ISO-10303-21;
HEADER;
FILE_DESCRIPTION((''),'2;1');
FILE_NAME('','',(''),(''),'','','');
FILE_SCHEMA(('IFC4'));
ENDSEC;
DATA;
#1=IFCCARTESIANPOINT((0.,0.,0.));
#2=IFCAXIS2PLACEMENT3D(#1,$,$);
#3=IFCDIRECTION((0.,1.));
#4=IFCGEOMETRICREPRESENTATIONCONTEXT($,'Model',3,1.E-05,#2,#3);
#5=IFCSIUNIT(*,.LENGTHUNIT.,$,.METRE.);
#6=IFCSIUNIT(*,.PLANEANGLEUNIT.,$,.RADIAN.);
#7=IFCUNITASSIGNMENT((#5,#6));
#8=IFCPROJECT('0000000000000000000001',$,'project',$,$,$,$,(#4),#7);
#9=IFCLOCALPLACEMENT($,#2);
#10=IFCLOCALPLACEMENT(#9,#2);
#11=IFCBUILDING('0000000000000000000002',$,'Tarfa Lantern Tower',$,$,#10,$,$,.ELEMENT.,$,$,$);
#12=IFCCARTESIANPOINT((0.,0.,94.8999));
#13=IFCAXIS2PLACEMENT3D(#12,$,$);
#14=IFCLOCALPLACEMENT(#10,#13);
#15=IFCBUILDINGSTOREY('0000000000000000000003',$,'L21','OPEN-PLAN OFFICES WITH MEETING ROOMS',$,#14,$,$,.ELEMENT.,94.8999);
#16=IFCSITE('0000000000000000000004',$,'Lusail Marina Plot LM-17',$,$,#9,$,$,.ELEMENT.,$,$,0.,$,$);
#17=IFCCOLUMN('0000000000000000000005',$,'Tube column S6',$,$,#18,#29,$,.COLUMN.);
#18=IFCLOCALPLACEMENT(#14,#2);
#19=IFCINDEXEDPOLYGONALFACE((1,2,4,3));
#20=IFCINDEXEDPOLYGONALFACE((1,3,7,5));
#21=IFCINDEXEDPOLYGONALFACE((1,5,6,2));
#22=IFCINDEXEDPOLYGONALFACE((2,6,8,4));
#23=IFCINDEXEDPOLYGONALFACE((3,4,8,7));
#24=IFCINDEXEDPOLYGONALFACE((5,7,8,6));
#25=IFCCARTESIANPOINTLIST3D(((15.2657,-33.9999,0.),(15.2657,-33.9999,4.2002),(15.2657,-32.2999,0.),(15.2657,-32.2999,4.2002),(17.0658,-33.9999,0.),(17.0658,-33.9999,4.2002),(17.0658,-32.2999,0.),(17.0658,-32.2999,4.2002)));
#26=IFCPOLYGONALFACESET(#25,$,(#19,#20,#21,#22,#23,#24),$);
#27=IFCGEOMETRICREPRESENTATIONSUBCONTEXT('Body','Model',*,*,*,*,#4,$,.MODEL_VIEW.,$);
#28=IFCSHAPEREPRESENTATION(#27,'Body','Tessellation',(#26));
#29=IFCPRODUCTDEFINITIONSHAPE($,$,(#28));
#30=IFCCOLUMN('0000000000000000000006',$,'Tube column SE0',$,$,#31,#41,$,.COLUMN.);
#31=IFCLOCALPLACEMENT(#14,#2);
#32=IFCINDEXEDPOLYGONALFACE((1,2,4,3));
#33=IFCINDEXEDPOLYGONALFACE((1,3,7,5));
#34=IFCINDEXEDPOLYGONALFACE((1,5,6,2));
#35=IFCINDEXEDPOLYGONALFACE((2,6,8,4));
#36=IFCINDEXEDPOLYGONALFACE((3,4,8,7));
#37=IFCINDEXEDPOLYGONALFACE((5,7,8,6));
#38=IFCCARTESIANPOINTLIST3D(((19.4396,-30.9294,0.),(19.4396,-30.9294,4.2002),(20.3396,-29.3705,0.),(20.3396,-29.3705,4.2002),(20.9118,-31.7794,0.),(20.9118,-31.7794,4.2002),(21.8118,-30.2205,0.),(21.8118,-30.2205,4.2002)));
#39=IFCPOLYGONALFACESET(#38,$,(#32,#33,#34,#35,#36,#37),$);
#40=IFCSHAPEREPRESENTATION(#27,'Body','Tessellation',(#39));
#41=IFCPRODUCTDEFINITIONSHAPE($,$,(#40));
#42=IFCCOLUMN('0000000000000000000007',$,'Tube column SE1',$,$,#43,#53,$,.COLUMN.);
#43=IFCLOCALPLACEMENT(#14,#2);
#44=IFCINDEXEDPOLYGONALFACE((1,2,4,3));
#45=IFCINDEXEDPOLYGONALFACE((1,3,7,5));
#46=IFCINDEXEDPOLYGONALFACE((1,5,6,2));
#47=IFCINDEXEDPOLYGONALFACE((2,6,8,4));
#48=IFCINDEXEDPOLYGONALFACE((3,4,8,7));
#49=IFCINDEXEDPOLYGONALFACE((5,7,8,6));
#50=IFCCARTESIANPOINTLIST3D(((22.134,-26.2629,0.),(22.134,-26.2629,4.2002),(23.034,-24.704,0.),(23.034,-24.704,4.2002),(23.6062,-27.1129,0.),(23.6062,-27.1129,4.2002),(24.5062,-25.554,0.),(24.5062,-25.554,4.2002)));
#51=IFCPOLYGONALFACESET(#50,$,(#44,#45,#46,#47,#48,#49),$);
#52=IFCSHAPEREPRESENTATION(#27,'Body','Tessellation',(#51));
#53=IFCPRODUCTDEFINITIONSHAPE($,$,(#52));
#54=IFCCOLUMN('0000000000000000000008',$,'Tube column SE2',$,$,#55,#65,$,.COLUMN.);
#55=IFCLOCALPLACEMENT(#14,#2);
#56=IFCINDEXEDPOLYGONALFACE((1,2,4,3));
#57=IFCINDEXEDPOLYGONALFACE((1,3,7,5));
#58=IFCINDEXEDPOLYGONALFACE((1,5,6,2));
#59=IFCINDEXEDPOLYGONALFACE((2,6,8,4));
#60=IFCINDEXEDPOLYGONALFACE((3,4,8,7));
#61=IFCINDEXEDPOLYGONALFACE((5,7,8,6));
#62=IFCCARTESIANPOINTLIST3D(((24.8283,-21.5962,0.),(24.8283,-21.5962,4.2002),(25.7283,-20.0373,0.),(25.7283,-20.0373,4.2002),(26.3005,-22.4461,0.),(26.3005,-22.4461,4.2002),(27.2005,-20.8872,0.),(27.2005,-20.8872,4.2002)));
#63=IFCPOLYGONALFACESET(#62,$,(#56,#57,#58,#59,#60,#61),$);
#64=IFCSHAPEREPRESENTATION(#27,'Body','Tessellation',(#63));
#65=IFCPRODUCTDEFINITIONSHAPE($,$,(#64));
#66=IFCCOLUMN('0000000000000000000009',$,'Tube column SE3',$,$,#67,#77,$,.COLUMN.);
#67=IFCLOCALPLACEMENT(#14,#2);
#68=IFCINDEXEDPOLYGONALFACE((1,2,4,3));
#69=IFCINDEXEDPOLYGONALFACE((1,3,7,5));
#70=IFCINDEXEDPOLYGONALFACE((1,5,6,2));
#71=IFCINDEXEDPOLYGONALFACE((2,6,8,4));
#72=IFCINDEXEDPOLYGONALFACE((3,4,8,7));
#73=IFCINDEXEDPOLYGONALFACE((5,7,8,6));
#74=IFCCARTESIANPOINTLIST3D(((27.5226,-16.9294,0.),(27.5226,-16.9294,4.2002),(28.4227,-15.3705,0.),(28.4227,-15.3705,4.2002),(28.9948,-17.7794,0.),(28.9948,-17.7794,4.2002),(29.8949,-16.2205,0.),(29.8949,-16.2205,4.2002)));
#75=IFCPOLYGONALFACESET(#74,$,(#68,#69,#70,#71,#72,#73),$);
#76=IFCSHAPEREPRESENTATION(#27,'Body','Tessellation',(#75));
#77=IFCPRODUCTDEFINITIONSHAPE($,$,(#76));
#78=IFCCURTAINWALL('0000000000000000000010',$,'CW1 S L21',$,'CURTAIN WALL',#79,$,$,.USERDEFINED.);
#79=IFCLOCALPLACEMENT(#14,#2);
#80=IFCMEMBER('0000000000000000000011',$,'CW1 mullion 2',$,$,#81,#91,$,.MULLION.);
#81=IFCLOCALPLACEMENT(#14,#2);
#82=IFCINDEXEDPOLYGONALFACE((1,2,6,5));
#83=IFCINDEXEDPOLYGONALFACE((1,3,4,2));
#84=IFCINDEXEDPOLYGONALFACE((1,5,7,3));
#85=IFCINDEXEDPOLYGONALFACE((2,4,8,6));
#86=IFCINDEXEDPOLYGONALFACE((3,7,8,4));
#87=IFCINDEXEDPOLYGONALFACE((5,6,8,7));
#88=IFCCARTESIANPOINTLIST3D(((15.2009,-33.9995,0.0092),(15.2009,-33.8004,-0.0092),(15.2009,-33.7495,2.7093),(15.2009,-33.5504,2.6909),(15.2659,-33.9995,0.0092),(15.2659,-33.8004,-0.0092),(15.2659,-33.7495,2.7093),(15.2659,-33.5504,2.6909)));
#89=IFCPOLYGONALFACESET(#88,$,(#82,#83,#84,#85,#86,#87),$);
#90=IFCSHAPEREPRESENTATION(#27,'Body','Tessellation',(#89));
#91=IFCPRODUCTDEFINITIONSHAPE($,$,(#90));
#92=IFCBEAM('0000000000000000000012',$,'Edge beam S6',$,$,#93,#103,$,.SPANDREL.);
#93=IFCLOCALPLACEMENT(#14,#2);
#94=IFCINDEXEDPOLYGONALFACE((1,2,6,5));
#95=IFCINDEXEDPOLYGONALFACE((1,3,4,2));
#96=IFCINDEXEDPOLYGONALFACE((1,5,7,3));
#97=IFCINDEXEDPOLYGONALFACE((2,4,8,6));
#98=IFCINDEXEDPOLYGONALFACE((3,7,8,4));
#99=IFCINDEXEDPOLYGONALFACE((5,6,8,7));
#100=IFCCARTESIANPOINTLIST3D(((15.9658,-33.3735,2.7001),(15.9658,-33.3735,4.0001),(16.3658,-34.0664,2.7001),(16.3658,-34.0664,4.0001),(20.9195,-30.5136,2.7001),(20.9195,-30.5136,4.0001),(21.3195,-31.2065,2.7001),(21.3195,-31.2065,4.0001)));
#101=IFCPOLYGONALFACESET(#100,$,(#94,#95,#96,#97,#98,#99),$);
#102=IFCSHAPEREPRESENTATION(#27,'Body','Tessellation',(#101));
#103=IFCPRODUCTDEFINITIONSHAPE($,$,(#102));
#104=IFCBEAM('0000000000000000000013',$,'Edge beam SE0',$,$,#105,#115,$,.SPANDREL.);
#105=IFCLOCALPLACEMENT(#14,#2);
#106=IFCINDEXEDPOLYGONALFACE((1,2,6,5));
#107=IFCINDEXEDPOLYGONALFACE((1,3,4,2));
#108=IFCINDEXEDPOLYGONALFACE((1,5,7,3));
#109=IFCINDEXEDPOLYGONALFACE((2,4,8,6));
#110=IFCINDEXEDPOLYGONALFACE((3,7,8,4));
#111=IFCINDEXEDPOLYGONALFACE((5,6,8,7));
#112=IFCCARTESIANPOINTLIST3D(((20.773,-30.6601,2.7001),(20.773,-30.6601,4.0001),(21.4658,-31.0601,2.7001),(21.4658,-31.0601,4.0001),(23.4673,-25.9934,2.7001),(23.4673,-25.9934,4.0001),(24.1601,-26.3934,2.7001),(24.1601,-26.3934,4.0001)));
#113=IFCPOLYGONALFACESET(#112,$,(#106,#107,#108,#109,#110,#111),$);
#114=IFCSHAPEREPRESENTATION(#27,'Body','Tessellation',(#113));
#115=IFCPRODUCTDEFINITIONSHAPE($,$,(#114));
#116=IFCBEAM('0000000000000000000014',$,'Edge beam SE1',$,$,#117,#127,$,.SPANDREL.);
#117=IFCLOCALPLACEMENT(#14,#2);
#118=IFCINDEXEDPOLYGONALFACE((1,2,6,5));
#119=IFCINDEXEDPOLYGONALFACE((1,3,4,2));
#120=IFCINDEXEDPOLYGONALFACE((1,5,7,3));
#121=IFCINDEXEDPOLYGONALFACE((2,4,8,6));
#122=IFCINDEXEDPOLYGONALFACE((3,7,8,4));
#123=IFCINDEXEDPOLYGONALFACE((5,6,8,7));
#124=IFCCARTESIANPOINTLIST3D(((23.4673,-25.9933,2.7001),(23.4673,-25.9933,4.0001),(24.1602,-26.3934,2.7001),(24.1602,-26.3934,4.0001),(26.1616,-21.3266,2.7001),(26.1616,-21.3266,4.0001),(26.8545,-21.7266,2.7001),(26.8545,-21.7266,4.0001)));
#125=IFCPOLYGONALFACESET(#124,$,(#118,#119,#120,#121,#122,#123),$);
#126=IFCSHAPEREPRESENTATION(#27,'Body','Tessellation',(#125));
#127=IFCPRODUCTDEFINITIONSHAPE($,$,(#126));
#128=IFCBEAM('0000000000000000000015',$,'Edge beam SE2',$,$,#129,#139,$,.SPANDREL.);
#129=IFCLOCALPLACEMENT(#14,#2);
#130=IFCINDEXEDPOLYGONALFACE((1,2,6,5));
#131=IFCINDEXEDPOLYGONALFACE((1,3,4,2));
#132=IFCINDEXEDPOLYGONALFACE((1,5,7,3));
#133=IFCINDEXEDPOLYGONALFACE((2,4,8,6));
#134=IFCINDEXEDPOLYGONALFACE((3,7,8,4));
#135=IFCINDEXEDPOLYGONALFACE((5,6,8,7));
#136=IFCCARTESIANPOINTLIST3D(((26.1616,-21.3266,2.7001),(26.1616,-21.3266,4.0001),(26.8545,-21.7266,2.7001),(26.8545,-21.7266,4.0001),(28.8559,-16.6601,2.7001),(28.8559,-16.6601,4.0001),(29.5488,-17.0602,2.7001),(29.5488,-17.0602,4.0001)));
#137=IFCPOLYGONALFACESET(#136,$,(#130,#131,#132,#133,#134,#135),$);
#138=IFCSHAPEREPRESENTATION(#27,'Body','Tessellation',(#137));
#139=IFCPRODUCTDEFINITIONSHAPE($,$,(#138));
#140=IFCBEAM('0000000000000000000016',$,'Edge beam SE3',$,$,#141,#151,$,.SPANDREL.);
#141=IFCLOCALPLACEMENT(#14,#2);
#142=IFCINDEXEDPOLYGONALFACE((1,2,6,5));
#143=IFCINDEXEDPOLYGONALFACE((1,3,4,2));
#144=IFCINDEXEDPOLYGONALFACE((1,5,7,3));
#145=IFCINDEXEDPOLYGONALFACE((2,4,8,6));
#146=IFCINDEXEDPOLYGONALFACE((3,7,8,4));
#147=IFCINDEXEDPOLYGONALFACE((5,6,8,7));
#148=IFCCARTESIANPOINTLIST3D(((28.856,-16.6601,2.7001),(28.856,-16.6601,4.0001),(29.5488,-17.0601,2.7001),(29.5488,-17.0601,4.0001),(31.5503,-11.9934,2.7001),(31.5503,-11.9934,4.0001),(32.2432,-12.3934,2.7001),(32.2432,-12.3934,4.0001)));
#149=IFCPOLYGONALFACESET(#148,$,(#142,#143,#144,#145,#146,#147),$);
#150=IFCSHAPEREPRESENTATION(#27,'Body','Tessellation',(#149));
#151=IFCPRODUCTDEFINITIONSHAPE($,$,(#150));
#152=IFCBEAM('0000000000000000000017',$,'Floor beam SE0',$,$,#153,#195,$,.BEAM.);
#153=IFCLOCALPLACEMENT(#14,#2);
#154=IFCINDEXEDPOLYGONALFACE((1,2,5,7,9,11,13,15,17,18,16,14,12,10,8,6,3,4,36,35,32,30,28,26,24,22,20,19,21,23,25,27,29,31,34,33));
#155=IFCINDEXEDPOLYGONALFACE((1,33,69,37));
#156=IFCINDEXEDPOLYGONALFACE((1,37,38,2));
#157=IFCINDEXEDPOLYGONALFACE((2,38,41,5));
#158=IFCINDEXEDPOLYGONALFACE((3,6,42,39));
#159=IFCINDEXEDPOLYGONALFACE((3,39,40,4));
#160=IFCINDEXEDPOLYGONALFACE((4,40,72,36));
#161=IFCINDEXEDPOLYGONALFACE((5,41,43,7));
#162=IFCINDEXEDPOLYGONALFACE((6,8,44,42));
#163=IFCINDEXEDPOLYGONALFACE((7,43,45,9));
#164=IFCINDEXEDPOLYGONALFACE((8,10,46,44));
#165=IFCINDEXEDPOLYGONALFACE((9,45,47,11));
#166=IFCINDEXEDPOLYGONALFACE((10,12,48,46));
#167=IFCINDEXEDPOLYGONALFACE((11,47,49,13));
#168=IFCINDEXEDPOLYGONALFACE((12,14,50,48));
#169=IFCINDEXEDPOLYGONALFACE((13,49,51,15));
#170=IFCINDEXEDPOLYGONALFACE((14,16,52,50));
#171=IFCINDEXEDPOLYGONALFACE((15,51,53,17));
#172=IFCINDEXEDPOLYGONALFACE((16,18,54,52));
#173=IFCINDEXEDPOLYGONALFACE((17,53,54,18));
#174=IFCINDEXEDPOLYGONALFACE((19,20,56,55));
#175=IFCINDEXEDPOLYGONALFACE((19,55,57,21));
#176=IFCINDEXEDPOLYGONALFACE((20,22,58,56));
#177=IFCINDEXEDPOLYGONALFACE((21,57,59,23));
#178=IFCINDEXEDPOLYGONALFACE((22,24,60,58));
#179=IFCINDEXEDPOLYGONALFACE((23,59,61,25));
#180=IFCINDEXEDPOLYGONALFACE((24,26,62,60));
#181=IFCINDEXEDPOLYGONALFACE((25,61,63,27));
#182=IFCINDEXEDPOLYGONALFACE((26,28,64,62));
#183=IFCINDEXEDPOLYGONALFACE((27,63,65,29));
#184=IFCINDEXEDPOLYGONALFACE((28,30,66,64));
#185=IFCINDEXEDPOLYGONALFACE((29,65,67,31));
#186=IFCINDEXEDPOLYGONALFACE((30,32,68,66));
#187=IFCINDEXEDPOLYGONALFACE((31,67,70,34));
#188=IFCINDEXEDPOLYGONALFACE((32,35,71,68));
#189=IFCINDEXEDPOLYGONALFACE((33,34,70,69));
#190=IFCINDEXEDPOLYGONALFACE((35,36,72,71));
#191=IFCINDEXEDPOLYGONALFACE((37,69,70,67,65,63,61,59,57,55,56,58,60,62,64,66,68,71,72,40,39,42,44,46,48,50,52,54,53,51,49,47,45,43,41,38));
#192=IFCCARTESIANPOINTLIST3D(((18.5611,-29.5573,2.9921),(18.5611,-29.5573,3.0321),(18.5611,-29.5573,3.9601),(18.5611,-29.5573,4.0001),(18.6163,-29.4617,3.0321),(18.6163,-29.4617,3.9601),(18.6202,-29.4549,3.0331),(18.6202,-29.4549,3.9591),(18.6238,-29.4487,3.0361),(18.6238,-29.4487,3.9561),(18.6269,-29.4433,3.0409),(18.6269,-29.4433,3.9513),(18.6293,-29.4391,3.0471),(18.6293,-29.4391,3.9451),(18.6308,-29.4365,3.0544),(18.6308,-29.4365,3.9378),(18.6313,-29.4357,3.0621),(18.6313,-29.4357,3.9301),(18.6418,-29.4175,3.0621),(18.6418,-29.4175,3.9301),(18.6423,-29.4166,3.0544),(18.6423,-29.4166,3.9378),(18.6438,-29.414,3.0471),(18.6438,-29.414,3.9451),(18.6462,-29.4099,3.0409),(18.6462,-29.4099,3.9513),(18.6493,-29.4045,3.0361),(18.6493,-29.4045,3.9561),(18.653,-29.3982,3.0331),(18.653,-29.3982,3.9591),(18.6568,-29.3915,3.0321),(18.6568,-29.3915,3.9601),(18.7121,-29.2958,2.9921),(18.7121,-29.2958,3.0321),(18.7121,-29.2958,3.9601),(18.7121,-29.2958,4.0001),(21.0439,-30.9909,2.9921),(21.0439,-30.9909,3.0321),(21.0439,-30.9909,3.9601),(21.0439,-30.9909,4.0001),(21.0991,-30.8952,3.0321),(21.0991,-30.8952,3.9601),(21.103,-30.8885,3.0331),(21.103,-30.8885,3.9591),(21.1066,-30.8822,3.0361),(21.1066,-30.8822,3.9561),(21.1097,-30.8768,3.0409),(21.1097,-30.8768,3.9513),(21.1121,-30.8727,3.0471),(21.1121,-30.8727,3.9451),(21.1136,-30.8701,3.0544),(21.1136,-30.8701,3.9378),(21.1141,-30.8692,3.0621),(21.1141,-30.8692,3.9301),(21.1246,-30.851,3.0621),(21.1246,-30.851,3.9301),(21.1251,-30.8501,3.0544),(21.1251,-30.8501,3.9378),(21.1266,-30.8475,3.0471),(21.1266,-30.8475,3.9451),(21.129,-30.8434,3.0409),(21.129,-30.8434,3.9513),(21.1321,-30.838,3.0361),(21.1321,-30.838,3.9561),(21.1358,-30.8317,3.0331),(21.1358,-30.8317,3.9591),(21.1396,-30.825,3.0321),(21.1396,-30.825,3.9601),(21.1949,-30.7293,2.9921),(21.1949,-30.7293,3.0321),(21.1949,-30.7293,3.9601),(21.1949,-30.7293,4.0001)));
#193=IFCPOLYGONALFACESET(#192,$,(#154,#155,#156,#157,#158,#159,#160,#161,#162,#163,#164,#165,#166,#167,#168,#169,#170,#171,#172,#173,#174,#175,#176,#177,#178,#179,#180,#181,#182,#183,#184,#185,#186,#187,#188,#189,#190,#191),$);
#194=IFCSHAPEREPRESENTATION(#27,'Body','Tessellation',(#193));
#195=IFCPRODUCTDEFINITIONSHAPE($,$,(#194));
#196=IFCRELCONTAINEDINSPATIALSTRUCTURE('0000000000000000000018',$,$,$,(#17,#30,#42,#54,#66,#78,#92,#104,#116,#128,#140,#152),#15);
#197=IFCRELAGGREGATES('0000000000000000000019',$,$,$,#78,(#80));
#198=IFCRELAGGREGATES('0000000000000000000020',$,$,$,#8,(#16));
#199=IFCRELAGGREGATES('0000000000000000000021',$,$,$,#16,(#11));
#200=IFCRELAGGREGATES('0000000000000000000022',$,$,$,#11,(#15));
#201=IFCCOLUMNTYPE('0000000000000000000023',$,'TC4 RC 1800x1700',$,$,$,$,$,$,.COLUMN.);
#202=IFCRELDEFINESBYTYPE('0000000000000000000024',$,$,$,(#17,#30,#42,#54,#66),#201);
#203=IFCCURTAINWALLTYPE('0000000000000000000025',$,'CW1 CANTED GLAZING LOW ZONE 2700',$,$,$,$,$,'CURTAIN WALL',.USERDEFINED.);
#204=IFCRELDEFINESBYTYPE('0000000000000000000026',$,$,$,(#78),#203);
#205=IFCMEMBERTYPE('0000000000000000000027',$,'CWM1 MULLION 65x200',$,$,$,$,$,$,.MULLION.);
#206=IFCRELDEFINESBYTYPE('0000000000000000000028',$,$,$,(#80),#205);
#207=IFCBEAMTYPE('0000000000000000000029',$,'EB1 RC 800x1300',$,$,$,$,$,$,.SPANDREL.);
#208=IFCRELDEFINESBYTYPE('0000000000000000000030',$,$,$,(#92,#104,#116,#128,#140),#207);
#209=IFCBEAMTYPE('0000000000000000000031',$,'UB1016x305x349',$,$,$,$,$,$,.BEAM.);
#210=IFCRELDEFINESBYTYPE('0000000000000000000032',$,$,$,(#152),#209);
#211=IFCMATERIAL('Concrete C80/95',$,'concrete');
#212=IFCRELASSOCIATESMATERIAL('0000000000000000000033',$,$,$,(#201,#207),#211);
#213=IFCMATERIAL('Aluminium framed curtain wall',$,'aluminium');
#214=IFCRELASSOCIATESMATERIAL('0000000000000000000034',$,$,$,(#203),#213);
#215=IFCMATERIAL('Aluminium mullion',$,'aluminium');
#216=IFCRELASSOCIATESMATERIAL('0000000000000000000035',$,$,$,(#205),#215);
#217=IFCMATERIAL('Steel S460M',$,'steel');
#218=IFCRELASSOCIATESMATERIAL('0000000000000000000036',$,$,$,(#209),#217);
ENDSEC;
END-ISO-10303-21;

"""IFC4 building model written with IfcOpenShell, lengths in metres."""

from ifc_helpers import new_model, si_unit, direction, frame, origin, origin_2d, place, context, subcontext, project, spatial, rectangle, i_section, extrude, material, material_profile, profile_set, type_object, element, aggregate, save


model = new_model("IFC4")

# Units and contexts
model_context = context("Model", 3, precision=1e-05, world=origin(), true_north=direction((0.0, 1.0)))
body_context = subcontext(model_context, "Body", "Model", "MODEL_VIEW")
ifc_project = project(units=[si_unit("LENGTHUNIT", "METRE"), si_unit("PLANEANGLEUNIT", "RADIAN")], contexts=[model_context])

# Site, building, storey
site_placement = place(None, origin())
site = spatial("IfcSite", under=ifc_project, at=site_placement, Name="Lusail Marina Plot LM-17", CompositionType="ELEMENT", RefElevation=0.0)
building_placement = place(site_placement, origin())
building = spatial("IfcBuilding", under=site, at=building_placement, Name="Tarfa Lantern Tower", CompositionType="ELEMENT")
storey_placement = place(building_placement, frame((0.0, 0.0, 94.8999)))
storey = spatial("IfcBuildingStorey", under=building, at=storey_placement, Name="L21", Description="OPEN-PLAN OFFICES WITH MEETING ROOMS", CompositionType="ELEMENT", Elevation=94.8999)

# Columns
ifc_material_1 = material(Name="Concrete C80/95", Category="concrete")
ifc_material_profile_1 = material_profile(ifc_material_1, rectangle(XDim=1.8, YDim=1.7, at=origin_2d()), Name="RC 1800x1700")
ifc_profile_set_1 = profile_set([ifc_material_profile_1], Name="Concrete C80/95")
column_type = type_object("IfcColumnType", Name="TC4 RC 1800x1700", PredefinedType="COLUMN", material=ifc_profile_set_1)
for number, where, z_axis, x_axis, name in (
    (1, (16.1658, -33.1499, 0.0), (0.0, 0.0, 1.0), (1.0, 0.0, 0.0), "Tube column S6"),
    (2, (20.6257, -30.575, 0.0), (0.0, 0.0, 1.0), (0.5, 0.866025, 0.0), "Tube column SE0"),
    (3, (23.3201, -25.9084, 0.0), (0.0, 0.0, 1.0), (0.5, 0.866025, 0.0), "Tube column SE1"),
    (4, (26.0144, -21.2417, 0.0), (0.0, 0.0, 1.0), (0.5, 0.866025, 0.0), "Tube column SE2"),
    (5, (28.7087, -16.575, 0.0), (0.0, 0.0, 1.0), (0.5, 0.866025, 0.0), "Tube column SE3"),
):
    element("IfcColumn", number, at=place(storey_placement, frame(where, z_axis=z_axis, x_axis=x_axis)), inside=storey, type_object=column_type, Name=name, PredefinedType="COLUMN", context=body_context, shape_type="SweptSolid", body=[
        extrude(rectangle(XDim=1.8, YDim=1.7, at=origin_2d()), origin(), (0.0, 0.0, 1.0), 4.2002),
    ])

# Curtain wall, member
ifc_material_2 = material(Name="Aluminium framed curtain wall", Category="aluminium")
curtain_wall_type = type_object("IfcCurtainWallType", Name="CW1 CANTED GLAZING LOW ZONE 2700", ElementType="CURTAIN WALL", PredefinedType="USERDEFINED", material=ifc_material_2)
curtain_wall_placement = place(storey_placement, origin())
curtain_wall = element("IfcCurtainWall", 6, at=curtain_wall_placement, inside=storey, type_object=curtain_wall_type, Name="CW1 S L21", ObjectType="CURTAIN WALL", PredefinedType="USERDEFINED")
ifc_material_3 = material(Name="Aluminium mullion", Category="aluminium")
ifc_material_profile_2 = material_profile(ifc_material_3, rectangle(XDim=0.0649, YDim=0.2, at=origin_2d()), Name="AL MULLION 65x200")
ifc_profile_set_2 = profile_set([ifc_material_profile_2], Name="Aluminium mullion")
member_type = type_object("IfcMemberType", Name="CWM1 MULLION 65x200", PredefinedType="MULLION", material=ifc_profile_set_2)
member_placement = place(storey_placement, frame((15.2334, -33.8999, 0.0), z_axis=(0.0, 0.092192, 0.995741), x_axis=(-1.0, 0.0, 0.0)))
member = element("IfcMember", 7, at=member_placement, type_object=member_type, Name="CW1 mullion 2", PredefinedType="MULLION", context=body_context, shape_type="SweptSolid", body=[
    extrude(rectangle(XDim=0.0649, YDim=0.2, at=origin_2d()), origin(), (0.0, 0.0, 1.0), 2.7117),
])
aggregate(curtain_wall, [member])

# Beams
ifc_material_profile_3 = material_profile(ifc_material_1, rectangle(XDim=0.8, YDim=1.3, at=origin_2d()), Name="RC 800x1300")
ifc_profile_set_3 = profile_set([ifc_material_profile_3], Name="Concrete C80/95")
beam_type_1 = type_object("IfcBeamType", Name="EB1 RC 800x1300", PredefinedType="SPANDREL", material=ifc_profile_set_3)
beam_1_placement = place(storey_placement, frame((16.1658, -33.72, 3.3501), z_axis=(0.866033, 0.499986, 0.0), x_axis=(-0.499986, 0.866033, 0.0)))
element("IfcBeam", 8, at=beam_1_placement, inside=storey, type_object=beam_type_1, Name="Edge beam S6", PredefinedType="SPANDREL", context=body_context, shape_type="SweptSolid", body=[
    extrude(rectangle(XDim=0.8, YDim=1.3, at=origin_2d()), origin(), (0.0, 0.0, 1.0), 5.72),
])
for number, where, z_axis, x_axis, name in (
    (9, (21.1194, -30.8601, 3.3501), (0.499998, 0.866026, 0.0), (-0.866026, 0.499998, 0.0), "Edge beam SE0"),
    (10, (23.8137, -26.1934, 3.3501), (0.499998, 0.866026, 0.0), (-0.866026, 0.499998, 0.0), "Edge beam SE1"),
):
    element("IfcBeam", number, at=place(storey_placement, frame(where, z_axis=z_axis, x_axis=x_axis)), inside=storey, type_object=beam_type_1, Name=name, PredefinedType="SPANDREL", context=body_context, shape_type="SweptSolid", body=[
        extrude(rectangle(XDim=0.8, YDim=1.3, at=origin_2d()), origin(), (0.0, 0.0, 1.0), 5.3887),
    ])
beam_2_placement = place(storey_placement, frame((26.5081, -21.5266, 3.3501), z_axis=(0.500018, 0.866015, 0.0), x_axis=(-0.866015, 0.500018, 0.0)))
element("IfcBeam", 11, at=beam_2_placement, inside=storey, type_object=beam_type_1, Name="Edge beam SE2", PredefinedType="SPANDREL", context=body_context, shape_type="SweptSolid", body=[
    extrude(rectangle(XDim=0.8, YDim=1.3, at=origin_2d()), origin(), (0.0, 0.0, 1.0), 5.3884),
])
beam_3_placement = place(storey_placement, frame((29.2024, -16.8601, 3.3501), z_axis=(0.499998, 0.866026, 0.0), x_axis=(-0.866026, 0.499998, 0.0)))
element("IfcBeam", 12, at=beam_3_placement, inside=storey, type_object=beam_type_1, Name="Edge beam SE3", PredefinedType="SPANDREL", context=body_context, shape_type="SweptSolid", body=[
    extrude(rectangle(XDim=0.8, YDim=1.3, at=origin_2d()), origin(), (0.0, 0.0, 1.0), 5.3887),
])
ifc_material_4 = material(Name="Steel S460M", Category="steel")
ifc_material_profile_4 = material_profile(ifc_material_4, i_section(OverallWidth=0.302, OverallDepth=1.0081, WebThickness=0.021, FlangeThickness=0.04, FilletRadius=0.03, at=origin_2d()), Name="UB1016x305x349")
ifc_profile_set_4 = profile_set([ifc_material_profile_4], Name="Steel S460M")
beam_type_2 = type_object("IfcBeamType", Name="UB1016x305x349", PredefinedType="BEAM", material=ifc_profile_set_4)
beam_4_placement = place(storey_placement, frame((21.1194, -30.8601, 3.4961), z_axis=(-0.866013, 0.500022, 0.0), x_axis=(-0.500022, -0.866013, 0.0)))
element("IfcBeam", 13, at=beam_4_placement, inside=storey, type_object=beam_type_2, Name="Floor beam SE0", PredefinedType="BEAM", context=body_context, shape_type="SweptSolid", body=[
    extrude(i_section(OverallWidth=0.302, OverallDepth=1.0081, WebThickness=0.021, FlangeThickness=0.04, FilletRadius=0.03, at=origin_2d()), origin(), (0.0, 0.0, 1.0), 2.8669),
])

save(model, "model.ifc")
